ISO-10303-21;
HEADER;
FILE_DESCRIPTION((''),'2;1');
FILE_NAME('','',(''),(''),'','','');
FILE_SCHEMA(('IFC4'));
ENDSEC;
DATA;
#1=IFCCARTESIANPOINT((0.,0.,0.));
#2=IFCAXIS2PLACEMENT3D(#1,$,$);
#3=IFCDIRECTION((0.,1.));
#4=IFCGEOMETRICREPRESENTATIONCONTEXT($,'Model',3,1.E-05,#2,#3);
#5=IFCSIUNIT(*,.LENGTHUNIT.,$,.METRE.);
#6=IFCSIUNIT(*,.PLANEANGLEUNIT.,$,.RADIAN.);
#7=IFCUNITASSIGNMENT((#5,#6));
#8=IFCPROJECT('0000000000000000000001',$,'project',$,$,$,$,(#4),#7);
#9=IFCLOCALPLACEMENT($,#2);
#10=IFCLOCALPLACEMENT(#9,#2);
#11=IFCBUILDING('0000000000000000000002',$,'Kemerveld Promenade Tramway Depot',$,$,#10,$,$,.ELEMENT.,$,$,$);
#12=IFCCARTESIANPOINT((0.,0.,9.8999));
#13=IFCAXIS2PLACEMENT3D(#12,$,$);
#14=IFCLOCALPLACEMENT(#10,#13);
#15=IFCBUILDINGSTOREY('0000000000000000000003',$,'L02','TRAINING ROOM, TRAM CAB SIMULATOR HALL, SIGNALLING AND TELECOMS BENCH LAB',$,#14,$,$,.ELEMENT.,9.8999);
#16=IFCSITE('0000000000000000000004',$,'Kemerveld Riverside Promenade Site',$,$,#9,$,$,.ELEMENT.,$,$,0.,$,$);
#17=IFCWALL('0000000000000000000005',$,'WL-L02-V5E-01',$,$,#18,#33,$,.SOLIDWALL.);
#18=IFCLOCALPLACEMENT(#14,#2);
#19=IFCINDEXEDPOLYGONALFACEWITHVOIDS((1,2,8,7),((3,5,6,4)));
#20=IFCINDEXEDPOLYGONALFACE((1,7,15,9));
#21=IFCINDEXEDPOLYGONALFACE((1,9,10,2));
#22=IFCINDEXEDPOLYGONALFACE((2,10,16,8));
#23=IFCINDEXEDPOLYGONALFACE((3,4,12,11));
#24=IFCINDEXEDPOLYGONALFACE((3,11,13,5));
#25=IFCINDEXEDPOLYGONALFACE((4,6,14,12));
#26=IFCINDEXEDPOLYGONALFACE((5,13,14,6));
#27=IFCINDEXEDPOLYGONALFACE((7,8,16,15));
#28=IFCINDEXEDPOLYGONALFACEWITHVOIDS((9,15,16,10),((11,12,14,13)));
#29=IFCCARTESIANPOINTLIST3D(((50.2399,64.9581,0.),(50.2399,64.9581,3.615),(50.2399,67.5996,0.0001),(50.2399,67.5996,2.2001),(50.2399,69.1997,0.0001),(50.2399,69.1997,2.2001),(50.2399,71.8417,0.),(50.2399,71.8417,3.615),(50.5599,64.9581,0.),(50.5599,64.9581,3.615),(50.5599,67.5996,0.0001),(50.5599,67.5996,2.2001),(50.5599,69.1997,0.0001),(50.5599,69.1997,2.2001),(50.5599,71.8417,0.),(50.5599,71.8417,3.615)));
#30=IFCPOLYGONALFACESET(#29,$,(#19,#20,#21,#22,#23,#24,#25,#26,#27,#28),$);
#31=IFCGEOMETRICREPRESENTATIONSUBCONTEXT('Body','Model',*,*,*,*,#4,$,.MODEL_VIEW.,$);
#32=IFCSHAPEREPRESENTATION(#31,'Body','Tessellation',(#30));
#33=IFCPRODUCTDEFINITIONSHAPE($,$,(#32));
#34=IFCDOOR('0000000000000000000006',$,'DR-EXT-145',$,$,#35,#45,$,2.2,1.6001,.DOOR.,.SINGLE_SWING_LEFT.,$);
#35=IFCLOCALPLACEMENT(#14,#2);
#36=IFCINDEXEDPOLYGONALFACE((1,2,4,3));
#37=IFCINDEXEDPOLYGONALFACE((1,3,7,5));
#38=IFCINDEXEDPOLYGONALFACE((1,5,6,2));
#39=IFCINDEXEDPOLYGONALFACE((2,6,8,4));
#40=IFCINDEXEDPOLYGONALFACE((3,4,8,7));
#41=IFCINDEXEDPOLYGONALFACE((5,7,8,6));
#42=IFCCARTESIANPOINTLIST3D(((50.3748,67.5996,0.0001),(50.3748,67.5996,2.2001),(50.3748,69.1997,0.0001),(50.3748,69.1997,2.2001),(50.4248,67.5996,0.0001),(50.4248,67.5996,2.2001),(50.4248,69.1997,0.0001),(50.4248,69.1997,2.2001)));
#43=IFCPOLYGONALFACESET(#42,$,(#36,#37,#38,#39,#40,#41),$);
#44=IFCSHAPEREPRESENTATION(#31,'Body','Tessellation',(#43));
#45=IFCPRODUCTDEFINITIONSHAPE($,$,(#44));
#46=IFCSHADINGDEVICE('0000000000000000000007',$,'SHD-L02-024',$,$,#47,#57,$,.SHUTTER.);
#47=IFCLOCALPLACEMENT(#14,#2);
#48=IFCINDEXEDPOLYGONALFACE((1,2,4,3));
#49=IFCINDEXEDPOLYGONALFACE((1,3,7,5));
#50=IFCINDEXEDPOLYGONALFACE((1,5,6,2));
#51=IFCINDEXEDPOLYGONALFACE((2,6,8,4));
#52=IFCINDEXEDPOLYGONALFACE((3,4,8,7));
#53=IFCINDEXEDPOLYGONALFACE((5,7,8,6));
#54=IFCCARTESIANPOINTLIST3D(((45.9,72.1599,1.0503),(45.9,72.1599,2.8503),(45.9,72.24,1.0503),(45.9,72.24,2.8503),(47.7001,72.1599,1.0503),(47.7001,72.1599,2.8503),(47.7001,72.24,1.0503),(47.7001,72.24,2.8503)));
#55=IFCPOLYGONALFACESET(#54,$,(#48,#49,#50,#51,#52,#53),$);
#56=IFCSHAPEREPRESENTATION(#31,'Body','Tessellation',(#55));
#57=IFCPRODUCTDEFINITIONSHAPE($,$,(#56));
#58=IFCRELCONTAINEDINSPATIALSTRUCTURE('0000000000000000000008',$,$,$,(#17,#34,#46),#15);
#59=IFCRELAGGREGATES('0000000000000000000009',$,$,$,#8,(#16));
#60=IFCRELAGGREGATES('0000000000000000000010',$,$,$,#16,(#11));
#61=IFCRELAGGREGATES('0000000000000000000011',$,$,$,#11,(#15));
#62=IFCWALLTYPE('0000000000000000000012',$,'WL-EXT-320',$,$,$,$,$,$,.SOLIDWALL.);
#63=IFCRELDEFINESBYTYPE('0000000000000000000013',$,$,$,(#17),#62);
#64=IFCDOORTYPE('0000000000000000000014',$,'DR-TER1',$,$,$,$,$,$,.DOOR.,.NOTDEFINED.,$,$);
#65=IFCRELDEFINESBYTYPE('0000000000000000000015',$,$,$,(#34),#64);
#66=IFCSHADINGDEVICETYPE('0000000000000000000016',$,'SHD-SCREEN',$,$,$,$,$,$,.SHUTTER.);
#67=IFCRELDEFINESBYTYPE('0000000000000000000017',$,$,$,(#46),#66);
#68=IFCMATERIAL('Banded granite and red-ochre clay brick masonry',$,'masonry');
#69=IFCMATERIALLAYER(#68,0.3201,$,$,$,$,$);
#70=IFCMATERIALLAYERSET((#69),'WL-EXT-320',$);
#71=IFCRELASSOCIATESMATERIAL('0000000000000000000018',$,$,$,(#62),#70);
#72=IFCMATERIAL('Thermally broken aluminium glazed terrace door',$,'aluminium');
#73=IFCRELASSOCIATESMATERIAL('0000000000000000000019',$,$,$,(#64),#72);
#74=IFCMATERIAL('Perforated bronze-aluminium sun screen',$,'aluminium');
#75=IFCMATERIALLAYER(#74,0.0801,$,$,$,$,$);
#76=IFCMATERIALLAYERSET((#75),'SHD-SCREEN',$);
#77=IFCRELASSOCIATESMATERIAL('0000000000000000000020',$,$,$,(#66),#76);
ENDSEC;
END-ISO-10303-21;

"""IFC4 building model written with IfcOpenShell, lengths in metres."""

from ifc_helpers import new_model, si_unit, direction, frame, frame_2d, origin, origin_2d, place, context, subcontext, project, spatial, rectangle, extrude, material, layer, layer_set, type_object, element, fill, save


model = new_model("IFC4")

# Units and contexts
model_context = context("Model", 3, precision=1e-05, world=origin(), true_north=direction((0.0, 1.0)))
body_context = subcontext(model_context, "Body", "Model", "MODEL_VIEW")
ifc_project = project(units=[si_unit("LENGTHUNIT", "METRE"), si_unit("PLANEANGLEUNIT", "RADIAN")], contexts=[model_context])

# Site, building, storey
site_placement = place(None, origin())
site = spatial("IfcSite", under=ifc_project, at=site_placement, Name="Kemerveld Riverside Promenade Site", CompositionType="ELEMENT", RefElevation=0.0)
building_placement = place(site_placement, origin())
building = spatial("IfcBuilding", under=site, at=building_placement, Name="Kemerveld Promenade Tramway Depot", CompositionType="ELEMENT")
storey_placement = place(building_placement, frame((0.0, 0.0, 9.8999)))
storey = spatial("IfcBuildingStorey", under=building, at=storey_placement, Name="L02", Description="TRAINING ROOM, TRAM CAB SIMULATOR HALL, SIGNALLING AND TELECOMS BENCH LAB", CompositionType="ELEMENT", Elevation=9.8999)

# Shared definitions
ifc_material_1 = material(Name="Banded granite and red-ochre clay brick masonry", Category="masonry")
ifc_layer_1 = layer(ifc_material_1, 0.3201)
ifc_layer_set_1 = layer_set([ifc_layer_1], Name="WL-EXT-320")
wall_type = type_object("IfcWallType", Name="WL-EXT-320", PredefinedType="SOLIDWALL", material=ifc_layer_set_1)

# Wall, opening, door
wall_1_placement = place(storey_placement, frame((50.3999, 71.8418, 0.0), z_axis=(0.0, 0.0, 1.0), x_axis=(0.0, -1.0, 0.0)))
wall_1 = element("IfcWall", 1, at=wall_1_placement, inside=storey, type_object=wall_type, Name="WL-L02-V5E-01", PredefinedType="SOLIDWALL", context=body_context, shape_type="SweptSolid", body=[
    extrude(rectangle(XDim=6.8835, YDim=0.3201, at=frame_2d((3.4419, 0.0))), origin(), (0.0, 0.0, 1.0), 3.615),
])
opening_1_placement = place(wall_1_placement, frame((2.6421, 0.0, 0.0)))
opening_1 = element("IfcOpeningElement", 2, at=opening_1_placement, cuts=wall_1, PredefinedType="OPENING", context=body_context, shape_type="SweptSolid", body=[
    extrude(rectangle(XDim=1.6001, YDim=2.2, at=frame_2d((0.8, 1.1001))), frame((0.0, 0.1699, 0.0), z_axis=(0.0, -1.0, 0.0), x_axis=(1.0, 0.0, 0.0)), (0.0, 0.0, 1.0), 0.3401),
])
ifc_material_2 = material(Name="Thermally broken aluminium glazed terrace door", Category="aluminium")
door_type = type_object("IfcDoorType", Name="DR-TER1", OperationType="NOTDEFINED", PredefinedType="DOOR", material=ifc_material_2)
door_placement = place(opening_1_placement, origin())
door = element("IfcDoor", 3, at=door_placement, inside=storey, type_object=door_type, Name="DR-EXT-145", OperationType="SINGLE_SWING_LEFT", OverallHeight=2.2, OverallWidth=1.6001, PredefinedType="DOOR", context=body_context, shape_type="SweptSolid", body=[
    extrude(rectangle(XDim=1.6001, YDim=2.2, at=frame_2d((0.8, 1.1001))), frame((0.0, 0.0249, 0.0), z_axis=(0.0, -1.0, 0.0), x_axis=(1.0, 0.0, 0.0)), (0.0, 0.0, 1.0), 0.05),
])
fill(opening_1, door)

# Shading device
ifc_material_3 = material(Name="Perforated bronze-aluminium sun screen", Category="aluminium")
ifc_layer_2 = layer(ifc_material_3, 0.0801)
ifc_layer_set_2 = layer_set([ifc_layer_2], Name="SHD-SCREEN")
shading_device_type = type_object("IfcShadingDeviceType", Name="SHD-SCREEN", PredefinedType="SHUTTER", material=ifc_layer_set_2)
shading_device_placement = place(storey_placement, frame((46.8, 72.2, 1.0503), z_axis=(0.0, 0.0, 1.0), x_axis=(1.0, 0.0, 0.0)))
element("IfcShadingDevice", 4, at=shading_device_placement, inside=storey, type_object=shading_device_type, Name="SHD-L02-024", PredefinedType="SHUTTER", context=body_context, shape_type="SweptSolid", body=[
    extrude(rectangle(XDim=1.8, YDim=0.0801, at=origin_2d()), origin(), (0.0, 0.0, 1.0), 1.8),
])

save(model, "model.ifc")
